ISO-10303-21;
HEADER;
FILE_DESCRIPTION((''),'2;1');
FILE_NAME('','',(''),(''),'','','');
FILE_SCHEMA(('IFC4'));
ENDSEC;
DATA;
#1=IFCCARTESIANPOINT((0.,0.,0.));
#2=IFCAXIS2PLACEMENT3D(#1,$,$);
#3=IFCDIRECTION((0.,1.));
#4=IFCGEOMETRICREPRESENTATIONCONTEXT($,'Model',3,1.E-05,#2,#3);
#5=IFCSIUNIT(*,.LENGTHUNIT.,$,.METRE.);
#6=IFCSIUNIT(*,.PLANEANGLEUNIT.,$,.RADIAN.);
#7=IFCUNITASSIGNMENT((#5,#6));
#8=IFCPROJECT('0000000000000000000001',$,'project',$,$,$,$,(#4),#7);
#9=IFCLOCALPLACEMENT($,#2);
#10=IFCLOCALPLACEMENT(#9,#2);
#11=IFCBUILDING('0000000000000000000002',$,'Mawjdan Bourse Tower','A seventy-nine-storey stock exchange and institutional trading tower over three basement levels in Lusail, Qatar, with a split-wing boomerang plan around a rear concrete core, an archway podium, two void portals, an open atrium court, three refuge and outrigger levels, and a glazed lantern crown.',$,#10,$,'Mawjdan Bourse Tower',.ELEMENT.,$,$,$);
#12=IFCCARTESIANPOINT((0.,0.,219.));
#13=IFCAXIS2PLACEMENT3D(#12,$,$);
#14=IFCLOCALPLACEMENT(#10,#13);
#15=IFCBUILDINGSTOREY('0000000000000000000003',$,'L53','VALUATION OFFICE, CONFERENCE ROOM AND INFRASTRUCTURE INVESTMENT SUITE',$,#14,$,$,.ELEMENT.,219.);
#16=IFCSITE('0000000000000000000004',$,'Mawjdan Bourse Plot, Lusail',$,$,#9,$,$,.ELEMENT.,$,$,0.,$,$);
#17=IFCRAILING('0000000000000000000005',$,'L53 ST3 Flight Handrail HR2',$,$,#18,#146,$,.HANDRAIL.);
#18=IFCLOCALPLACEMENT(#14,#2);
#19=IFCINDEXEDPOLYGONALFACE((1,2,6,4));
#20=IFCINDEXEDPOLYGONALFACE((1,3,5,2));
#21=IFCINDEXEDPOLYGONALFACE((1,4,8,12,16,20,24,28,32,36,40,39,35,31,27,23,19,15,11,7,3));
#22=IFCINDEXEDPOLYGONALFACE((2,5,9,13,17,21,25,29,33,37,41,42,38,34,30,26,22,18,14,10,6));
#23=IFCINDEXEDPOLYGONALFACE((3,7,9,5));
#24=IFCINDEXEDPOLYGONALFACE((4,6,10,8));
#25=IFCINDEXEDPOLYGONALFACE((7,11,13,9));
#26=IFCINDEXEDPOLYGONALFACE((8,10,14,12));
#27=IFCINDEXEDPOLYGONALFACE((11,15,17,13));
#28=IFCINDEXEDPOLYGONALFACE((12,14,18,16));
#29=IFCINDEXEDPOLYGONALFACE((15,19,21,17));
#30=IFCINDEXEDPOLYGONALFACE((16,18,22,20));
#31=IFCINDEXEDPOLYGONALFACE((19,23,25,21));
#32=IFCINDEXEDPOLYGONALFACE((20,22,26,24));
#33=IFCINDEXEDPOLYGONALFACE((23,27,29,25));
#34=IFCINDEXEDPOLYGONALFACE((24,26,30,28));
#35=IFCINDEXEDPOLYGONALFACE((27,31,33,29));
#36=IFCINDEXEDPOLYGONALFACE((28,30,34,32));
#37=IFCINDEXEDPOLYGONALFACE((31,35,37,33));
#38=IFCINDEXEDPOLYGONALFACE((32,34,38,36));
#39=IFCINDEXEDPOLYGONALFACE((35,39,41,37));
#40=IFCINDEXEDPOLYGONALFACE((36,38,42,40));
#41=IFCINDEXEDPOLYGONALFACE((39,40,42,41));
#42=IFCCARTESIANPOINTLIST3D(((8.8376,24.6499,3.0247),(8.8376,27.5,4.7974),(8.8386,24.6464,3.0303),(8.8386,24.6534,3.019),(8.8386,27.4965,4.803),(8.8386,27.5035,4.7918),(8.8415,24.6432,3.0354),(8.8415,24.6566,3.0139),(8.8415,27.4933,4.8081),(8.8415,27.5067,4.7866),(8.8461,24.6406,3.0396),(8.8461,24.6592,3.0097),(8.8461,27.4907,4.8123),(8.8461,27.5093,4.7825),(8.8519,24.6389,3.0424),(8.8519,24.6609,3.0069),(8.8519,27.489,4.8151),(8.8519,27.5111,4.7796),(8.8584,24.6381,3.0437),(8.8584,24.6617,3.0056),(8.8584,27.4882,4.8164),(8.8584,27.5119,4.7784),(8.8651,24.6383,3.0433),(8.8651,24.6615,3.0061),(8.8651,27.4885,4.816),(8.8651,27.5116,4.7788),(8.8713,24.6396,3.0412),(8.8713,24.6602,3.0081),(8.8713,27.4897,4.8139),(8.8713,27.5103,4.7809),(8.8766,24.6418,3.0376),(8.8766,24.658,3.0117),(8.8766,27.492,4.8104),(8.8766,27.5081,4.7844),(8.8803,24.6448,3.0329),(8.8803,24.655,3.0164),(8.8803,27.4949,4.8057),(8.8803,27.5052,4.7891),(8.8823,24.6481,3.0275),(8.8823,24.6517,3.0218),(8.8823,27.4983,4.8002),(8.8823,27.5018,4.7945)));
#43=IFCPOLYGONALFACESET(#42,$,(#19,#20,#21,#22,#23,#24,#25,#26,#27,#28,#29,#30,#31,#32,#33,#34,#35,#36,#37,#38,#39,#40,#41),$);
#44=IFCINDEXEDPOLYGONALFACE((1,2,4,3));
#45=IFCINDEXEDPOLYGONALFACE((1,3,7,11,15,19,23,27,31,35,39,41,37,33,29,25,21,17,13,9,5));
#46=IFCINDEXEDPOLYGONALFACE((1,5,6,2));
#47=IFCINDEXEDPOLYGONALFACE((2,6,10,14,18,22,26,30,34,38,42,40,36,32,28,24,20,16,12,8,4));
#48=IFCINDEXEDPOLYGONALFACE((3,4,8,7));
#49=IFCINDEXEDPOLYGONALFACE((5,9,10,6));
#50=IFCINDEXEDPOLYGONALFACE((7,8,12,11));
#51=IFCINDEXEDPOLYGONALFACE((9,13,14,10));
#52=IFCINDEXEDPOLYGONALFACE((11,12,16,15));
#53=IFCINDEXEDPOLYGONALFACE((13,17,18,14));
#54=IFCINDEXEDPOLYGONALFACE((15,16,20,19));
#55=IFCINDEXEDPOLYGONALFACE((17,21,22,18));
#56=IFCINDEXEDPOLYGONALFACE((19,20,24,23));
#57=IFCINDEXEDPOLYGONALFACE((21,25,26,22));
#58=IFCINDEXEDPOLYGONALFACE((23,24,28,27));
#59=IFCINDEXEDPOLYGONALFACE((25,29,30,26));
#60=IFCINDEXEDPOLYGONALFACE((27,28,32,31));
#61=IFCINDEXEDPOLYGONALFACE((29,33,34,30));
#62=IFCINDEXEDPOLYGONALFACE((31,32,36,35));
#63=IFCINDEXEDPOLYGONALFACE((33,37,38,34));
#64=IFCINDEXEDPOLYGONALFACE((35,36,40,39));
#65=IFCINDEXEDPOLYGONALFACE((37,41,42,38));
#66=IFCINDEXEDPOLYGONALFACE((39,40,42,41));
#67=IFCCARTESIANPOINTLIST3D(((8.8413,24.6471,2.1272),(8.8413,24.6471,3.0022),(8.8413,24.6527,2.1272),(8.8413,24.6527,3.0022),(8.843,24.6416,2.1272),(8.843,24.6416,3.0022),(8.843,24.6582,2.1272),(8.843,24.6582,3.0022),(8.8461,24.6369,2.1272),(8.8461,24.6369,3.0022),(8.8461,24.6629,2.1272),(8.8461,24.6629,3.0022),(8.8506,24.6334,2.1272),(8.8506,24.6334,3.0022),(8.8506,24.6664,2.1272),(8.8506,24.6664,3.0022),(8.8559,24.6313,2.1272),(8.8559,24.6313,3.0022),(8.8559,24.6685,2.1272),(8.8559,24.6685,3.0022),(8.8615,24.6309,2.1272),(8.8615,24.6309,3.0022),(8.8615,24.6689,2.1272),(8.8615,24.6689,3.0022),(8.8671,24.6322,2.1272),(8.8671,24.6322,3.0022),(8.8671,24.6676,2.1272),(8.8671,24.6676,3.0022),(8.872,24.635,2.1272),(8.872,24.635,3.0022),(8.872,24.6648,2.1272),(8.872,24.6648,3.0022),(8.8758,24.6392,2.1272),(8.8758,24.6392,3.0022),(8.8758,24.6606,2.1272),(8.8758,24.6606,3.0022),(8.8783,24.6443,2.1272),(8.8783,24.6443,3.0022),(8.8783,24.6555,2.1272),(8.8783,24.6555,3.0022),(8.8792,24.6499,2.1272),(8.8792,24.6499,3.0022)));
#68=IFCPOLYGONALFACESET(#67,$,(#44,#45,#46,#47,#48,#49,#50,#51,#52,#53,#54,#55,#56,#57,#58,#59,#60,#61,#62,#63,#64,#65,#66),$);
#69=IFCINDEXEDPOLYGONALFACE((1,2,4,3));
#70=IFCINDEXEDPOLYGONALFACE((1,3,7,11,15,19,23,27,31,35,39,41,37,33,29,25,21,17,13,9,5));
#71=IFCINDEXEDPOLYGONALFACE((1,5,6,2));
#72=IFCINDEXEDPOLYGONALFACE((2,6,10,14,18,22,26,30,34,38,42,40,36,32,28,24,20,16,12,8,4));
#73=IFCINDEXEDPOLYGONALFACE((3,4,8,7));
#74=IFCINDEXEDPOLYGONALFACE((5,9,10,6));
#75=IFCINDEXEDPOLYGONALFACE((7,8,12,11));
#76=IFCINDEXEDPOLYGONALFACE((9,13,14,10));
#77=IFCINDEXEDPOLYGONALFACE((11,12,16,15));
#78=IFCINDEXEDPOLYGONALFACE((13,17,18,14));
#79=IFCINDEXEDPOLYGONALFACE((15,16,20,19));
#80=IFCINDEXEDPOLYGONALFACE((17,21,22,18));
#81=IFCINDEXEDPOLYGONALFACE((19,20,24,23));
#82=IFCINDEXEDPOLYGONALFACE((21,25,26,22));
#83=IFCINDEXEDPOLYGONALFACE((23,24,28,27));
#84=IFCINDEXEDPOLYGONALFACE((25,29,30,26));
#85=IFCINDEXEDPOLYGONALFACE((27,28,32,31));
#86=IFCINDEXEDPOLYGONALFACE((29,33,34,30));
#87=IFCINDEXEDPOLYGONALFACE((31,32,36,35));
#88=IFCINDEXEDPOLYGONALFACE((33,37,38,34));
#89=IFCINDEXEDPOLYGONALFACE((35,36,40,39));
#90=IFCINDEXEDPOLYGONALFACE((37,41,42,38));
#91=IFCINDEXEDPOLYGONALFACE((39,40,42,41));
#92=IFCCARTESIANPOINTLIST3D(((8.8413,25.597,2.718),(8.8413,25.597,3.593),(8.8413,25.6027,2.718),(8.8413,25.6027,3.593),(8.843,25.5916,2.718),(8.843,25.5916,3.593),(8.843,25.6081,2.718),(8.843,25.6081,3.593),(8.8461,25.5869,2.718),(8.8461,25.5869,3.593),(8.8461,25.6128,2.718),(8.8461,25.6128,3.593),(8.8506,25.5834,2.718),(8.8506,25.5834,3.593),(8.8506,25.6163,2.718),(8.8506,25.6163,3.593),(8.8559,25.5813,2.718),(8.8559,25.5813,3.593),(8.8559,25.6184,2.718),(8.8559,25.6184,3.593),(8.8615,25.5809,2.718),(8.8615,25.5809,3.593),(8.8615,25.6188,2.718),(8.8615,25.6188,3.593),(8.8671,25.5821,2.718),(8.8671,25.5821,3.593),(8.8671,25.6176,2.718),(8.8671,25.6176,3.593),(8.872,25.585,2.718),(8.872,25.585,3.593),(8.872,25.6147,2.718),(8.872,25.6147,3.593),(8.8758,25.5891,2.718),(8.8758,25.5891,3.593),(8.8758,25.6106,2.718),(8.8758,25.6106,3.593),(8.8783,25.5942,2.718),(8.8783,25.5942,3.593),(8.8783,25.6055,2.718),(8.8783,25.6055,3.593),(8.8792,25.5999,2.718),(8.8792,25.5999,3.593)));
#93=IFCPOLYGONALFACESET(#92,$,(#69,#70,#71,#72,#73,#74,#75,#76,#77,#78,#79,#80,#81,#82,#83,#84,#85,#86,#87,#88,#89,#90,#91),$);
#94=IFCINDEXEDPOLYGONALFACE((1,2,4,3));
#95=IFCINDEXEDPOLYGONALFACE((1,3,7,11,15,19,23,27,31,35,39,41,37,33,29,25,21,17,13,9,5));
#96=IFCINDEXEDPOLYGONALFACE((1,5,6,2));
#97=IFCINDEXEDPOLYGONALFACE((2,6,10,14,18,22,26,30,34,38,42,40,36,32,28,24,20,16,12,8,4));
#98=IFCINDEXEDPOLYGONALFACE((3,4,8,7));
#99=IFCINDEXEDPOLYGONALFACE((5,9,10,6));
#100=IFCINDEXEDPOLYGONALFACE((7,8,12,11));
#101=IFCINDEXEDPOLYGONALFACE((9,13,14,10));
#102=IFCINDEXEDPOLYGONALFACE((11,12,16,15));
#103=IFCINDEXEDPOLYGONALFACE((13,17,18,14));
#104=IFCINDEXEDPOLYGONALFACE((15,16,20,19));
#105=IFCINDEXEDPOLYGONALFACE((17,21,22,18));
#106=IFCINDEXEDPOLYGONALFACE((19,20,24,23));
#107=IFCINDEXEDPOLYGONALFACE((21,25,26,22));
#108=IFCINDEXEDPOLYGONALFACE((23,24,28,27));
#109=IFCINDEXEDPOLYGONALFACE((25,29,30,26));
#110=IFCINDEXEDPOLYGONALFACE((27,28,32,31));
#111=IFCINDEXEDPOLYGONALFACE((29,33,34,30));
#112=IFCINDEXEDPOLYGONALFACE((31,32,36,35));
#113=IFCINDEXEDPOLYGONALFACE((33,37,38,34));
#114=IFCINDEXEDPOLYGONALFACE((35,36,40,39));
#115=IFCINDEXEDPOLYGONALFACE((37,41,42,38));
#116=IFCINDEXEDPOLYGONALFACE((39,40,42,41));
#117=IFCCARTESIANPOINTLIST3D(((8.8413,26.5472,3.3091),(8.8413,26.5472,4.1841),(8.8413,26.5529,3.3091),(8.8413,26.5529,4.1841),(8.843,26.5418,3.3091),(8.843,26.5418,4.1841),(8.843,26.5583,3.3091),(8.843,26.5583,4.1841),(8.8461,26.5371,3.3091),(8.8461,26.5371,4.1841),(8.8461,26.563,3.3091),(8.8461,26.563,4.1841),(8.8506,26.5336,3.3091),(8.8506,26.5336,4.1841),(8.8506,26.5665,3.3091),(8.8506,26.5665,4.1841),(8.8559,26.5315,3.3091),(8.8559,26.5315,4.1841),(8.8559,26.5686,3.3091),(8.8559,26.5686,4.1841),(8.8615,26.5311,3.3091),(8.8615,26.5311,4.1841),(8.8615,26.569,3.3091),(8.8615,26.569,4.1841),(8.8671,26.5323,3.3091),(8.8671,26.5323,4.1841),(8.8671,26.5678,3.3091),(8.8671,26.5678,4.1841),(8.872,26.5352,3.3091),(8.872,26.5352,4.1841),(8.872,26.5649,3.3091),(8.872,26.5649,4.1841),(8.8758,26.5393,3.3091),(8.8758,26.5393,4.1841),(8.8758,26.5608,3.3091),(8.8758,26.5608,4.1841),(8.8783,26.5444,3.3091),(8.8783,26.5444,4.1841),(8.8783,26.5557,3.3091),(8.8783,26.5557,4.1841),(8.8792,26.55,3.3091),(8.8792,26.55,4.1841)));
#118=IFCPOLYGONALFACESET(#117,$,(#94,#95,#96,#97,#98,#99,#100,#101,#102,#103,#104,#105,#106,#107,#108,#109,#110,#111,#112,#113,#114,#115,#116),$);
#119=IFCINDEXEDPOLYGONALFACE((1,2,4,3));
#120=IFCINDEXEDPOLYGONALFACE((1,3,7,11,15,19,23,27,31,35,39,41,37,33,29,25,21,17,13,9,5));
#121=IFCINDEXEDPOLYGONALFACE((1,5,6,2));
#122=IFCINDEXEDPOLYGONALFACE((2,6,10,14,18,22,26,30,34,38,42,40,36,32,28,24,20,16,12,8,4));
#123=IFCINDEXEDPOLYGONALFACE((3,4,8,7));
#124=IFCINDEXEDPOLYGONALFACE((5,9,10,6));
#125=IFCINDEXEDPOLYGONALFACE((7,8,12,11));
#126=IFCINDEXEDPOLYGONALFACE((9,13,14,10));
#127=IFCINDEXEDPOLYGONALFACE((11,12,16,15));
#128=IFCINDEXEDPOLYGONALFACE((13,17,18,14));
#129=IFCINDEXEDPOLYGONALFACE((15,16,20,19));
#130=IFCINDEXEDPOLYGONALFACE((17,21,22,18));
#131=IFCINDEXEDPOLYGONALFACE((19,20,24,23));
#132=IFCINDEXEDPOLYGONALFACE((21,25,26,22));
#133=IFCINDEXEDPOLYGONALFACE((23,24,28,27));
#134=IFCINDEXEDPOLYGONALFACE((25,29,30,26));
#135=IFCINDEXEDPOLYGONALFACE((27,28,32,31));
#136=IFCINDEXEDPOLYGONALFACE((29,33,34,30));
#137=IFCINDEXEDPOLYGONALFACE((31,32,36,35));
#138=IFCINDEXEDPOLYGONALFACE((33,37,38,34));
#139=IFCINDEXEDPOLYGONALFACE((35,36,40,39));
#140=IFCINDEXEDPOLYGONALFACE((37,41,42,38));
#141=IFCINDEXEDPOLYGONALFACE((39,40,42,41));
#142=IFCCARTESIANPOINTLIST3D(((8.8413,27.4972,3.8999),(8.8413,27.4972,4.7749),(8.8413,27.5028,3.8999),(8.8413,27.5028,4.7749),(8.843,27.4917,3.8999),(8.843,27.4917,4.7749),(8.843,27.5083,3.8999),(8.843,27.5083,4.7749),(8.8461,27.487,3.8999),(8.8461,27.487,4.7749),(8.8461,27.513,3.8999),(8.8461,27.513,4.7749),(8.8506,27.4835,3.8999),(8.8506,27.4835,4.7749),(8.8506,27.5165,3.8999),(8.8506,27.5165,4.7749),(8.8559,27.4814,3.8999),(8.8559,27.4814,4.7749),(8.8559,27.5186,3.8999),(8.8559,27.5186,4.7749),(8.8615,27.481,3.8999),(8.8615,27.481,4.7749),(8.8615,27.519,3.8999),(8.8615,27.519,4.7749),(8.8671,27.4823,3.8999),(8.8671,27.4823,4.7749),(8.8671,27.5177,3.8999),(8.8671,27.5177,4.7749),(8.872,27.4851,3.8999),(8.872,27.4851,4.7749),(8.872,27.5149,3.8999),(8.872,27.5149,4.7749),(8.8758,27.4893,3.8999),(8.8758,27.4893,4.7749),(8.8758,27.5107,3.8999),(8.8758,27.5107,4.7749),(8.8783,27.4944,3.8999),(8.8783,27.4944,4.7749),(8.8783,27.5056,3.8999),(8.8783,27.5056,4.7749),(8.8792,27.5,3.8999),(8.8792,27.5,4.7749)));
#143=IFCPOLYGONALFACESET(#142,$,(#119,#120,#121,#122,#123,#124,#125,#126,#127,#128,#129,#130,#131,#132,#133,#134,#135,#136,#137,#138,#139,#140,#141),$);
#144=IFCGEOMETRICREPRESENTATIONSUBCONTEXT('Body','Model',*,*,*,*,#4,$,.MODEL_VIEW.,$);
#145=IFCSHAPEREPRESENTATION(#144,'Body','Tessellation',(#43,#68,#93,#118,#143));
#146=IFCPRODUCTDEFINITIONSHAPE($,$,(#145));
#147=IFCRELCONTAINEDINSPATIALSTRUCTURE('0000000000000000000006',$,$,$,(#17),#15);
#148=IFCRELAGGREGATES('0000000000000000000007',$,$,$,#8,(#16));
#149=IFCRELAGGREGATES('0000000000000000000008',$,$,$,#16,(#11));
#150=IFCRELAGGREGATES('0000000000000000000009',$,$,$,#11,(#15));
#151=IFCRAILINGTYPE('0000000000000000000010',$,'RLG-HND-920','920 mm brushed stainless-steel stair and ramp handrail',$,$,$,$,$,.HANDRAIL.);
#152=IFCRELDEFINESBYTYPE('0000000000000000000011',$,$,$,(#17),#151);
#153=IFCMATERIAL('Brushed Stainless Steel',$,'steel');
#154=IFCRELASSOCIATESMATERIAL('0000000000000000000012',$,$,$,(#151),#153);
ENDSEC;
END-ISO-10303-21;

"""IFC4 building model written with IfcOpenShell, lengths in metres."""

from ifc_helpers import new_model, si_unit, direction, frame, origin, origin_2d, place, context, subcontext, project, spatial, circle, extrude, material, type_object, element, save


model = new_model("IFC4")

# Units and contexts
model_context = context("Model", 3, precision=1e-05, world=origin(), true_north=direction((0.0, 1.0)))
body_context = subcontext(model_context, "Body", "Model", "MODEL_VIEW")
ifc_project = project(units=[si_unit("LENGTHUNIT", "METRE"), si_unit("PLANEANGLEUNIT", "RADIAN")], contexts=[model_context])

# Site, building, storey
site_placement = place(None, origin())
site = spatial("IfcSite", under=ifc_project, at=site_placement, Name="Mawjdan Bourse Plot, Lusail", CompositionType="ELEMENT", RefElevation=0.0)
building_placement = place(site_placement, origin())
building = spatial("IfcBuilding", under=site, at=building_placement, Name="Mawjdan Bourse Tower", Description="A seventy-nine-storey stock exchange and institutional trading tower over three basement levels in Lusail, Qatar, with a split-wing boomerang plan around a rear concrete core, an archway podium, two void portals, an open atrium court, three refuge and outrigger levels, and a glazed lantern crown.", LongName="Mawjdan Bourse Tower", CompositionType="ELEMENT")
storey_placement = place(building_placement, frame((0.0, 0.0, 219.0)))
storey = spatial("IfcBuildingStorey", under=building, at=storey_placement, Name="L53", Description="VALUATION OFFICE, CONFERENCE ROOM AND INFRASTRUCTURE INVESTMENT SUITE", CompositionType="ELEMENT", Elevation=219.0)

# Railing
ifc_material_1 = material(Name="Brushed Stainless Steel", Category="steel")
railing_type_1 = type_object("IfcRailingType", Name="RLG-HND-920", Description="920 mm brushed stainless-steel stair and ramp handrail", PredefinedType="HANDRAIL", material=ifc_material_1)
railing_placement = place(storey_placement, frame((8.8601, 24.6499, 2.1272)))
element("IfcRailing", 1, at=railing_placement, inside=storey, type_object=railing_type_1, Name="L53 ST3 Flight Handrail HR2", PredefinedType="HANDRAIL", context=body_context, shape_type="SweptSolid", body=[
    extrude(circle(Radius=0.0225, at=origin_2d()), frame((0.0, 0.0, 0.8975), z_axis=(0.0, 0.849149, 0.528154), x_axis=(-1.0, 0.0, 0.0)), (0.0, 0.0, 1.0), 3.3564),
    extrude(circle(Radius=0.019, at=origin_2d()), origin(), (0.0, 0.0, 1.0), 0.875),
    extrude(circle(Radius=0.019, at=origin_2d()), frame((0.0, 0.95, 0.5908)), (0.0, 0.0, 1.0), 0.875),
    extrude(circle(Radius=0.019, at=origin_2d()), frame((0.0, 1.9001, 1.1819)), (0.0, 0.0, 1.0), 0.875),
    extrude(circle(Radius=0.019, at=origin_2d()), frame((0.0, 2.8501, 1.7727)), (0.0, 0.0, 1.0), 0.875),
])

save(model, "model.ifc")
